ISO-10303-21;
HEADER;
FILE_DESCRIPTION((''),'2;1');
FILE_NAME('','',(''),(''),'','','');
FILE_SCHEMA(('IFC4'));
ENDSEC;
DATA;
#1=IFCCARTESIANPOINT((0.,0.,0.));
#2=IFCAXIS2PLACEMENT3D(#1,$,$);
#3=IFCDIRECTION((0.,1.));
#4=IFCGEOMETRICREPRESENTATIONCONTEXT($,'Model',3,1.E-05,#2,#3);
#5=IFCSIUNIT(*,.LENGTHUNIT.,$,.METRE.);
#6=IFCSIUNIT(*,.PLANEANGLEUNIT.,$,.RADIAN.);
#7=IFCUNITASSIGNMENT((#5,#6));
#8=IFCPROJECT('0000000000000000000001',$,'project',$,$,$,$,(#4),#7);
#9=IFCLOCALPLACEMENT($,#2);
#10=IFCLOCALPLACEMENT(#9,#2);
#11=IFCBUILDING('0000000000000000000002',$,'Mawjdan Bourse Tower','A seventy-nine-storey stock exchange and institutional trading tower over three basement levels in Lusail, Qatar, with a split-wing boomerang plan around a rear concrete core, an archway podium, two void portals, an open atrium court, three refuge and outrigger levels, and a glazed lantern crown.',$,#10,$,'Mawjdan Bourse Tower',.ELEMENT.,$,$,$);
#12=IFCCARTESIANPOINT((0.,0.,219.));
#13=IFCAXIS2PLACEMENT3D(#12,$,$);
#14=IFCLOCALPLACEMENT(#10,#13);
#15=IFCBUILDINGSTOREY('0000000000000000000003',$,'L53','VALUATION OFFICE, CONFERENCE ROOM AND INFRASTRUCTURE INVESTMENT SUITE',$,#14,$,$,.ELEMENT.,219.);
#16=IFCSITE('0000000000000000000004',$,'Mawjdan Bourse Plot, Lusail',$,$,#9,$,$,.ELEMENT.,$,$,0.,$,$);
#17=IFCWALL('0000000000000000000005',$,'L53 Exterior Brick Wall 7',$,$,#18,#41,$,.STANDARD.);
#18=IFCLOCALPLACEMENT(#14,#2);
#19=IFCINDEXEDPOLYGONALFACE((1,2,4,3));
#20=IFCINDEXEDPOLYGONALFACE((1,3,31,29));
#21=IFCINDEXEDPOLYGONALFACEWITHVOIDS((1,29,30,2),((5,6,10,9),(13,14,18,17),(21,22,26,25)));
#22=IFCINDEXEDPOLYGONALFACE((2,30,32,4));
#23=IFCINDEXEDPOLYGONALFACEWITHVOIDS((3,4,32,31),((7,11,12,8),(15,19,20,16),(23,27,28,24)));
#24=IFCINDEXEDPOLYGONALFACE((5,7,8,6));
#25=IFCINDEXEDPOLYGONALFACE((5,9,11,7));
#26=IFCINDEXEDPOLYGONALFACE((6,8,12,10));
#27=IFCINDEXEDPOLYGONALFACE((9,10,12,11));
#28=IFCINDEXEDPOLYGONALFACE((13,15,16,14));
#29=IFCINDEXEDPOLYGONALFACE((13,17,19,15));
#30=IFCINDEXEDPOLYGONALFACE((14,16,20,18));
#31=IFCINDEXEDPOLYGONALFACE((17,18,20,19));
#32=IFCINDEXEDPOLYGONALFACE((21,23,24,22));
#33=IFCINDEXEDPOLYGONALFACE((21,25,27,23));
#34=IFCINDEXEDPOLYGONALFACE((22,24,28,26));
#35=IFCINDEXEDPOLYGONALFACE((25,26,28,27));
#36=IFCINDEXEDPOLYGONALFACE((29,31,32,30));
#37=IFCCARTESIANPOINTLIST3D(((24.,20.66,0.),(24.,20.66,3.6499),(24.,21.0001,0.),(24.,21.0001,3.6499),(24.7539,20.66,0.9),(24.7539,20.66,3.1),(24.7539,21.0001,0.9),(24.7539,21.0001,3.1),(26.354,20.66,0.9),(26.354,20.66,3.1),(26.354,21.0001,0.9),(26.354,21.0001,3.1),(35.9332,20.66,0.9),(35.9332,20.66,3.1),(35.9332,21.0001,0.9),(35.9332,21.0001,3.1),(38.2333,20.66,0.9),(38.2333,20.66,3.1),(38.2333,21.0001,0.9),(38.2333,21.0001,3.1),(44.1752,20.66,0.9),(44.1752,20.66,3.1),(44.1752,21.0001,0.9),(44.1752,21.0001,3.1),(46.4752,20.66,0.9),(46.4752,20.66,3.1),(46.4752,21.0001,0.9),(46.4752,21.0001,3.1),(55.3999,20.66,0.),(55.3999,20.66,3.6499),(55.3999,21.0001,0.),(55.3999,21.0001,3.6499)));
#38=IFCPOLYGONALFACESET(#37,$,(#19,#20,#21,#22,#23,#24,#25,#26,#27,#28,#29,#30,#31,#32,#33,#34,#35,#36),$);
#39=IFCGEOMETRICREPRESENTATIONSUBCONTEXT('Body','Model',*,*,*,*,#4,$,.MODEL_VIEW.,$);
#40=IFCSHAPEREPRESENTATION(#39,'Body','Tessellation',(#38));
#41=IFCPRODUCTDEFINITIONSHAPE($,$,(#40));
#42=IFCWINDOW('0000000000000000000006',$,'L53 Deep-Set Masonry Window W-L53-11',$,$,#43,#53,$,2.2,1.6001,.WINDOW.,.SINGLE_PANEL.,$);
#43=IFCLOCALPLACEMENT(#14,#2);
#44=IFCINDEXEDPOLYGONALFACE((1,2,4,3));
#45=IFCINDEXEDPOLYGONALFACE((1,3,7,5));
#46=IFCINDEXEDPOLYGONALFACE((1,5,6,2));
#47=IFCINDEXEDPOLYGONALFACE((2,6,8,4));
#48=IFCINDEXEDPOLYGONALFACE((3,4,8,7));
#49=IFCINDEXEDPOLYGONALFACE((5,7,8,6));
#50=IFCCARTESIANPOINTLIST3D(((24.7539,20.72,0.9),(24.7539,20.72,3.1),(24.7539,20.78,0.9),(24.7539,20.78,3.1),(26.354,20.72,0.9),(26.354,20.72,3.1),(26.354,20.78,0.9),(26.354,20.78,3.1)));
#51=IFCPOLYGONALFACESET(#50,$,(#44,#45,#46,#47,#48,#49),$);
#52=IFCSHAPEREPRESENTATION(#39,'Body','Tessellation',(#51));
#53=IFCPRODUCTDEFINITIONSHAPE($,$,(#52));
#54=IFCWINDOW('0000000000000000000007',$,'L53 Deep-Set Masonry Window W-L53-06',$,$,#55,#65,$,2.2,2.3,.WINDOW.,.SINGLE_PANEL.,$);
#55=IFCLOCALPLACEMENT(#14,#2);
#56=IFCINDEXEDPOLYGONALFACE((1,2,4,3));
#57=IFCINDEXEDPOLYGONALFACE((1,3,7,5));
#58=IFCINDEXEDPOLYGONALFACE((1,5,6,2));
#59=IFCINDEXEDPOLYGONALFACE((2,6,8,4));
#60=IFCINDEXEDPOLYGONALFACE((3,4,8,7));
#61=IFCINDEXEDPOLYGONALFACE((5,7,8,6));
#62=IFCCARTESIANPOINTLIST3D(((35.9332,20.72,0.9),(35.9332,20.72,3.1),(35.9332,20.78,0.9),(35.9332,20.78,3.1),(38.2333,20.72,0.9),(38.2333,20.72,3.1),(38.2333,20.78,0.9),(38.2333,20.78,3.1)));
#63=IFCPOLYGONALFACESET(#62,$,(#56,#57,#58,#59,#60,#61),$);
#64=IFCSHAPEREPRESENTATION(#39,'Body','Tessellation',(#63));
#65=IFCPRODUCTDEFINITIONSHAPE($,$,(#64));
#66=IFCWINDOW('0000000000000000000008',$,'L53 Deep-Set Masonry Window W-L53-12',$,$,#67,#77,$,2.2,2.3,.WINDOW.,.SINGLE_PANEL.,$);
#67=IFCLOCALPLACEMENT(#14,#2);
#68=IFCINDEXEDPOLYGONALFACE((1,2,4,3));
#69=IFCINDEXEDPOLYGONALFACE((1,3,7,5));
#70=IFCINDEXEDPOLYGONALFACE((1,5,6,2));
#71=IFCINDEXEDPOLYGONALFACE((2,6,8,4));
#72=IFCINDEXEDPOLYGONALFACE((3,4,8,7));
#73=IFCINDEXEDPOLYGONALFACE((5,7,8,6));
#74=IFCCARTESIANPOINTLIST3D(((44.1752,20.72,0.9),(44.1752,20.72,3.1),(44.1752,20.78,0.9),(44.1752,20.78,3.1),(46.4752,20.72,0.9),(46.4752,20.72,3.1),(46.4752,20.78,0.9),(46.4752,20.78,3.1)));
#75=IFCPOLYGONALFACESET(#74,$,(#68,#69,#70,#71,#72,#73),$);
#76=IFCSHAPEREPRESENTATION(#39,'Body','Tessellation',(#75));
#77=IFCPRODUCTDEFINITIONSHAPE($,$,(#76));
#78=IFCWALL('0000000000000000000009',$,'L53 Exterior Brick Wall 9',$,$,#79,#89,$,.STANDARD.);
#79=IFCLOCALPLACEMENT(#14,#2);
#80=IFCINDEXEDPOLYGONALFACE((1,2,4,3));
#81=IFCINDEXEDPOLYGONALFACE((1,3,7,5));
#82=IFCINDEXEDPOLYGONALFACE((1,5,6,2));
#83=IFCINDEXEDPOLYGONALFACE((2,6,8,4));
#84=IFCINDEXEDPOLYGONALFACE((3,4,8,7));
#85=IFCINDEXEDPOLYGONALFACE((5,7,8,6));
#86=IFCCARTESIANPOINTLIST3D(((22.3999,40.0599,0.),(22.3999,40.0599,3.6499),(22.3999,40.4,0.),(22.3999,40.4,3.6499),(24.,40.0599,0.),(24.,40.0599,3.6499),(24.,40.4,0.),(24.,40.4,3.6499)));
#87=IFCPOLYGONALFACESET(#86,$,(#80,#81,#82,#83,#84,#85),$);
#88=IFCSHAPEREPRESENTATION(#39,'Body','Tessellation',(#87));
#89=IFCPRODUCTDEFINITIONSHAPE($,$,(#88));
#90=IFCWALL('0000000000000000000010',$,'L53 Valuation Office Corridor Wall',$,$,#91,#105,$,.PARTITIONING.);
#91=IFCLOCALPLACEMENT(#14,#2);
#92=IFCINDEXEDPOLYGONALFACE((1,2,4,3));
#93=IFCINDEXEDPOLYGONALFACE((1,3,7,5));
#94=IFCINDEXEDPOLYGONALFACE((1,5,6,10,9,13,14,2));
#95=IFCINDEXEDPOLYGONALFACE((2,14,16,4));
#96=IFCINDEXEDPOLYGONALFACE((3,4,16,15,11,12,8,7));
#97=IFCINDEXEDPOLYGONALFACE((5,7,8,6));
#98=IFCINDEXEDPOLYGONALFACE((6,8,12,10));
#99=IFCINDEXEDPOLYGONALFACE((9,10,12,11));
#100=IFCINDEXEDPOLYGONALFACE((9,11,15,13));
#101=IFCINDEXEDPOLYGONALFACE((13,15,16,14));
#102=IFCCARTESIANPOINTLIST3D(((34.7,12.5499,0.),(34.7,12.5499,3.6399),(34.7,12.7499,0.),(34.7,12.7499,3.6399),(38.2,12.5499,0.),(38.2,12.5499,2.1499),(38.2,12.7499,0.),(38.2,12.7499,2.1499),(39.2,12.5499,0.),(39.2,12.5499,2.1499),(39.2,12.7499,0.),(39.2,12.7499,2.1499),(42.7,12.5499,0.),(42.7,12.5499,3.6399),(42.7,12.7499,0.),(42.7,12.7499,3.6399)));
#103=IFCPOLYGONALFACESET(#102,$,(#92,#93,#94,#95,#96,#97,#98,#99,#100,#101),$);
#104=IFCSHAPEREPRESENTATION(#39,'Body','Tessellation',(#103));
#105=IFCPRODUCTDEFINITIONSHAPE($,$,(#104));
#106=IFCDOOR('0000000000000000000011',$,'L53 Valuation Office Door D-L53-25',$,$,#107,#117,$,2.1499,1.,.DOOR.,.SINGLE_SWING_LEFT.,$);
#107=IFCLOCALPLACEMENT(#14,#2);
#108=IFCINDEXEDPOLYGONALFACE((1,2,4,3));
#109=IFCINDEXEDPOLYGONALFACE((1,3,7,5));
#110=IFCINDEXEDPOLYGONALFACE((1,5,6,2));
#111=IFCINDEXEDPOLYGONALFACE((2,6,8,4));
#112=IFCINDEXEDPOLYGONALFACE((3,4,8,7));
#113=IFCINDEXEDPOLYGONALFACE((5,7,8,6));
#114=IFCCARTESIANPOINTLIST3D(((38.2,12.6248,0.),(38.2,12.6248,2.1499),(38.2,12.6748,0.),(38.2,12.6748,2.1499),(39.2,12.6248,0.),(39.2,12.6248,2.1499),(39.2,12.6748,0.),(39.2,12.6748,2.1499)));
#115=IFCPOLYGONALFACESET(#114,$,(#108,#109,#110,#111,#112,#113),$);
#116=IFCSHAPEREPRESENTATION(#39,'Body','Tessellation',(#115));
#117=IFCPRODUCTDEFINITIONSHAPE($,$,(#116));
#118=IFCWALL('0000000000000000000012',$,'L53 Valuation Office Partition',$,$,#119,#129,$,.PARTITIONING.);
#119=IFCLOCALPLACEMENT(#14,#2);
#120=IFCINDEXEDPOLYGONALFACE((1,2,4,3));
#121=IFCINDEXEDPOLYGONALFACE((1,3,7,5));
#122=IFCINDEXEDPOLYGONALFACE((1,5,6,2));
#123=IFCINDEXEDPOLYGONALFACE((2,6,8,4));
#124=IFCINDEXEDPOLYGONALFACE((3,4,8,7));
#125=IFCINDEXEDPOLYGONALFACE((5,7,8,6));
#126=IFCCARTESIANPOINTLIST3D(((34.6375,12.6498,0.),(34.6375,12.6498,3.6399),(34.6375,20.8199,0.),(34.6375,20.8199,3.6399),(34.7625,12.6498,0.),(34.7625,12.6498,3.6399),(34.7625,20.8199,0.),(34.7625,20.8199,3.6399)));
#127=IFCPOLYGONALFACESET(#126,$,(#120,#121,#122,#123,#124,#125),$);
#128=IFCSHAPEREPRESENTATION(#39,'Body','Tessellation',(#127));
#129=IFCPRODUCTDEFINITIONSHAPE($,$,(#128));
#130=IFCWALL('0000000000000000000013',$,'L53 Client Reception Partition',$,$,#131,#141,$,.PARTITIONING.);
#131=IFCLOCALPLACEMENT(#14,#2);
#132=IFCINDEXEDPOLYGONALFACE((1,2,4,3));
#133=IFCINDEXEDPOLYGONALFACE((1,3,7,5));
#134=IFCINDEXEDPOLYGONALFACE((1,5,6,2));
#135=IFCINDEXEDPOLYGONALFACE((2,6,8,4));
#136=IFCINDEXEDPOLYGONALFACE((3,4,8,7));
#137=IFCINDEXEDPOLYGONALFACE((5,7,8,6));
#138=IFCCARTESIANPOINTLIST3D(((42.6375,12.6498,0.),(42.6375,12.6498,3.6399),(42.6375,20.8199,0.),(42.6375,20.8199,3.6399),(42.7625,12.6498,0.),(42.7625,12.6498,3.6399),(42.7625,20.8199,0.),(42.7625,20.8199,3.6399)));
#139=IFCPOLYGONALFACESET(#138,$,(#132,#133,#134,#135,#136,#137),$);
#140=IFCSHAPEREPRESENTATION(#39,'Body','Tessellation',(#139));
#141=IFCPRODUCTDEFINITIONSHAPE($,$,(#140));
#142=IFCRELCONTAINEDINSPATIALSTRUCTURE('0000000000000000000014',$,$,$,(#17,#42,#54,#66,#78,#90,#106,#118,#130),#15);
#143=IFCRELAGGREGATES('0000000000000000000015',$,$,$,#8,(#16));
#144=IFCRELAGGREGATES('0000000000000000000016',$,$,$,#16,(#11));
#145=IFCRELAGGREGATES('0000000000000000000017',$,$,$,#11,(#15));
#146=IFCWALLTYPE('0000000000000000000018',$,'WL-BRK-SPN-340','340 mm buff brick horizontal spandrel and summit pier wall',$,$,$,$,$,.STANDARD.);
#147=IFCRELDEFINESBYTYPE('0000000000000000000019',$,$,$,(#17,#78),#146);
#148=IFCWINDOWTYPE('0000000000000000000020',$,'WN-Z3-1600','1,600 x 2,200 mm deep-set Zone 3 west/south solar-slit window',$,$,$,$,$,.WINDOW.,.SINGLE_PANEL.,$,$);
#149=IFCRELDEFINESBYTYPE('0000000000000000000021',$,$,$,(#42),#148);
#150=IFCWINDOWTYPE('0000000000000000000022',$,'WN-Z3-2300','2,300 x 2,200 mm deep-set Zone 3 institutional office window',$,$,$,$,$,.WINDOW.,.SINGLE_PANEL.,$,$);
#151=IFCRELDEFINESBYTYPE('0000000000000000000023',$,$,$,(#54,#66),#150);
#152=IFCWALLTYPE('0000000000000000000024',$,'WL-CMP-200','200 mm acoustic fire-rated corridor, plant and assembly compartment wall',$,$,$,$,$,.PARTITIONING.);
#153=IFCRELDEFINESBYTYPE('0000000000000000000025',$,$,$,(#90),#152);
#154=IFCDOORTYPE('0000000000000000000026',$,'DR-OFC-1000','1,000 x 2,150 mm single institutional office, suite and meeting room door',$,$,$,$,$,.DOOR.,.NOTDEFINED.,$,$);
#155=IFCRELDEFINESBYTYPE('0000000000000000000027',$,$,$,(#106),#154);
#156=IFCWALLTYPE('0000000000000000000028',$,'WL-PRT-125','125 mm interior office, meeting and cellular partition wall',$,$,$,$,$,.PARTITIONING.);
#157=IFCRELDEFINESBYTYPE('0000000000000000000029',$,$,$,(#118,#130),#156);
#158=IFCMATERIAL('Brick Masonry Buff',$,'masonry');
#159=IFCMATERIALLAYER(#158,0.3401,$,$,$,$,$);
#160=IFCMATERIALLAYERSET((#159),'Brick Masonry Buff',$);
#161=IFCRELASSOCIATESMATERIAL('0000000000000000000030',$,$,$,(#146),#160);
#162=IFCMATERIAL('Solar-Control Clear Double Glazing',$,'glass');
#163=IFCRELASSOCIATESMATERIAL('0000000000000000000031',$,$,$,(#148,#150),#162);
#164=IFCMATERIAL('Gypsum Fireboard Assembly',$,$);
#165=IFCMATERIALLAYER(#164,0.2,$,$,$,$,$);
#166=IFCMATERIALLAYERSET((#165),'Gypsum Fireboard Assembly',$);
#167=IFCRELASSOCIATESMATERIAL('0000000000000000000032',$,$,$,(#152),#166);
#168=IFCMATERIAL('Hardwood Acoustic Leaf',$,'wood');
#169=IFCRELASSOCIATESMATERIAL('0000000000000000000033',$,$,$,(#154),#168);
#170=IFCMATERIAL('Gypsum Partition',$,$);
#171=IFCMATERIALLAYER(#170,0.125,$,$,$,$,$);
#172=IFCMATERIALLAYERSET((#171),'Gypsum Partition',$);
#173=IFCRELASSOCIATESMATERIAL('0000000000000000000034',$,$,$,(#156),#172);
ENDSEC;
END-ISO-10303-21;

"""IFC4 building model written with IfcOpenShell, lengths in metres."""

from ifc_helpers import new_model, si_unit, direction, frame, frame_2d, origin, place, context, subcontext, project, spatial, rectangle, extrude, material, layer, layer_set, type_object, element, fill, save


model = new_model("IFC4")

# Units and contexts
model_context = context("Model", 3, precision=1e-05, world=origin(), true_north=direction((0.0, 1.0)))
body_context = subcontext(model_context, "Body", "Model", "MODEL_VIEW")
ifc_project = project(units=[si_unit("LENGTHUNIT", "METRE"), si_unit("PLANEANGLEUNIT", "RADIAN")], contexts=[model_context])

# Site, building, storey
site_placement = place(None, origin())
site = spatial("IfcSite", under=ifc_project, at=site_placement, Name="Mawjdan Bourse Plot, Lusail", CompositionType="ELEMENT", RefElevation=0.0)
building_placement = place(site_placement, origin())
building = spatial("IfcBuilding", under=site, at=building_placement, Name="Mawjdan Bourse Tower", Description="A seventy-nine-storey stock exchange and institutional trading tower over three basement levels in Lusail, Qatar, with a split-wing boomerang plan around a rear concrete core, an archway podium, two void portals, an open atrium court, three refuge and outrigger levels, and a glazed lantern crown.", LongName="Mawjdan Bourse Tower", CompositionType="ELEMENT")
storey_placement = place(building_placement, frame((0.0, 0.0, 219.0)))
storey = spatial("IfcBuildingStorey", under=building, at=storey_placement, Name="L53", Description="VALUATION OFFICE, CONFERENCE ROOM AND INFRASTRUCTURE INVESTMENT SUITE", CompositionType="ELEMENT", Elevation=219.0)

# Shared definitions
ifc_material_1 = material(Name="Brick Masonry Buff", Category="masonry")
ifc_layer_1 = layer(ifc_material_1, 0.3401)
ifc_layer_set_1 = layer_set([ifc_layer_1], Name="Brick Masonry Buff")
wall_type_1 = type_object("IfcWallType", Name="WL-BRK-SPN-340", Description="340 mm buff brick horizontal spandrel and summit pier wall", PredefinedType="STANDARD", material=ifc_layer_set_1)

# Wall, openings, windows
wall_1_placement = place(storey_placement, frame((55.3999, 20.8301, 0.0), z_axis=(0.0, 0.0, 1.0), x_axis=(-1.0, 0.0, 0.0)))
wall_1 = element("IfcWall", 1, at=wall_1_placement, inside=storey, type_object=wall_type_1, Name="L53 Exterior Brick Wall 7", PredefinedType="STANDARD", context=body_context, shape_type="SweptSolid", body=[
    extrude(rectangle(XDim=31.3999, YDim=0.3401, at=frame_2d((15.7, 0.0))), origin(), (0.0, 0.0, 1.0), 3.6499),
])
opening_1_placement = place(wall_1_placement, frame((17.1667, 0.0, 0.8999)))
opening_1 = element("IfcOpeningElement", 2, at=opening_1_placement, cuts=wall_1, PredefinedType="OPENING", context=body_context, shape_type="SweptSolid", body=[
    extrude(rectangle(XDim=2.3, YDim=2.2, at=frame_2d((1.1499, 1.1001))), frame((0.0, 0.1802, 0.0), z_axis=(0.0, -1.0, 0.0), x_axis=(1.0, 0.0, 0.0)), (0.0, 0.0, 1.0), 0.3601),
])
opening_2_placement = place(wall_1_placement, frame((29.0459, 0.0, 0.8999)))
opening_2 = element("IfcOpeningElement", 3, at=opening_2_placement, cuts=wall_1, PredefinedType="OPENING", context=body_context, shape_type="SweptSolid", body=[
    extrude(rectangle(XDim=1.6001, YDim=2.2, at=frame_2d((0.8, 1.1001))), frame((0.0, 0.1802, 0.0), z_axis=(0.0, -1.0, 0.0), x_axis=(1.0, 0.0, 0.0)), (0.0, 0.0, 1.0), 0.3601),
])
opening_3_placement = place(wall_1_placement, frame((8.9248, 0.0, 0.8999)))
opening_3 = element("IfcOpeningElement", 4, at=opening_3_placement, cuts=wall_1, PredefinedType="OPENING", context=body_context, shape_type="SweptSolid", body=[
    extrude(rectangle(XDim=2.3, YDim=2.2, at=frame_2d((1.1499, 1.1001))), frame((0.0, 0.1802, 0.0), z_axis=(0.0, -1.0, 0.0), x_axis=(1.0, 0.0, 0.0)), (0.0, 0.0, 1.0), 0.3601),
])
ifc_material_2 = material(Name="Solar-Control Clear Double Glazing", Category="glass")
window_type_1 = type_object("IfcWindowType", Name="WN-Z3-1600", Description="1,600 x 2,200 mm deep-set Zone 3 west/south solar-slit window", PartitioningType="SINGLE_PANEL", PredefinedType="WINDOW", material=ifc_material_2)
window_1_placement = place(opening_2_placement, origin())
window_1 = element("IfcWindow", 5, at=window_1_placement, inside=storey, type_object=window_type_1, Name="L53 Deep-Set Masonry Window W-L53-11", OverallHeight=2.2, OverallWidth=1.6001, PartitioningType="SINGLE_PANEL", PredefinedType="WINDOW", context=body_context, shape_type="SweptSolid", body=[
    extrude(rectangle(XDim=1.6001, YDim=2.2, at=frame_2d((0.8, 1.1001))), frame((0.0, 0.1101, 0.0), z_axis=(0.0, -1.0, 0.0), x_axis=(1.0, 0.0, 0.0)), (0.0, 0.0, 1.0), 0.0601),
])
fill(opening_2, window_1)
window_type_2 = type_object("IfcWindowType", Name="WN-Z3-2300", Description="2,300 x 2,200 mm deep-set Zone 3 institutional office window", PartitioningType="SINGLE_PANEL", PredefinedType="WINDOW", material=ifc_material_2)
window_2_placement = place(opening_1_placement, origin())
window_2 = element("IfcWindow", 6, at=window_2_placement, inside=storey, type_object=window_type_2, Name="L53 Deep-Set Masonry Window W-L53-06", OverallHeight=2.2, OverallWidth=2.3, PartitioningType="SINGLE_PANEL", PredefinedType="WINDOW", context=body_context, shape_type="SweptSolid", body=[
    extrude(rectangle(XDim=2.3, YDim=2.2, at=frame_2d((1.1499, 1.1001))), frame((0.0, 0.1101, 0.0), z_axis=(0.0, -1.0, 0.0), x_axis=(1.0, 0.0, 0.0)), (0.0, 0.0, 1.0), 0.0601),
])
fill(opening_1, window_2)
window_3_placement = place(opening_3_placement, origin())
window_3 = element("IfcWindow", 7, at=window_3_placement, inside=storey, type_object=window_type_2, Name="L53 Deep-Set Masonry Window W-L53-12", OverallHeight=2.2, OverallWidth=2.3, PartitioningType="SINGLE_PANEL", PredefinedType="WINDOW", context=body_context, shape_type="SweptSolid", body=[
    extrude(rectangle(XDim=2.3, YDim=2.2, at=frame_2d((1.1499, 1.1001))), frame((0.0, 0.1101, 0.0), z_axis=(0.0, -1.0, 0.0), x_axis=(1.0, 0.0, 0.0)), (0.0, 0.0, 1.0), 0.0601),
])
fill(opening_3, window_3)

# Wall
wall_2_placement = place(storey_placement, frame((24.0, 40.23, 0.0), z_axis=(0.0, 0.0, 1.0), x_axis=(-1.0, 0.0, 0.0)))
element("IfcWall", 8, at=wall_2_placement, inside=storey, type_object=wall_type_1, Name="L53 Exterior Brick Wall 9", PredefinedType="STANDARD", context=body_context, shape_type="SweptSolid", body=[
    extrude(rectangle(XDim=1.6001, YDim=0.3401, at=frame_2d((0.8, 0.0))), origin(), (0.0, 0.0, 1.0), 3.6499),
])

# Wall, opening, door
ifc_material_3 = material(Name="Gypsum Fireboard Assembly")
ifc_layer_2 = layer(ifc_material_3, 0.2)
ifc_layer_set_2 = layer_set([ifc_layer_2], Name="Gypsum Fireboard Assembly")
wall_type_2 = type_object("IfcWallType", Name="WL-CMP-200", Description="200 mm acoustic fire-rated corridor, plant and assembly compartment wall", PredefinedType="PARTITIONING", material=ifc_layer_set_2)
wall_3_placement = place(storey_placement, frame((34.7, 12.6499, 0.0), z_axis=(0.0, 0.0, 1.0), x_axis=(1.0, 0.0, 0.0)))
wall_3 = element("IfcWall", 9, at=wall_3_placement, inside=storey, type_object=wall_type_2, Name="L53 Valuation Office Corridor Wall", PredefinedType="PARTITIONING", context=body_context, shape_type="SweptSolid", body=[
    extrude(rectangle(XDim=8.0, YDim=0.2, at=frame_2d((4.0, 0.0))), origin(), (0.0, 0.0, 1.0), 3.6399),
])
opening_4_placement = place(wall_3_placement, frame((3.5, 0.0, 0.0)))
opening_4 = element("IfcOpeningElement", 10, at=opening_4_placement, cuts=wall_3, PredefinedType="OPENING", context=body_context, shape_type="SweptSolid", body=[
    extrude(rectangle(XDim=1.0, YDim=2.1499, at=frame_2d((0.5, 1.075))), frame((0.0, 0.1099, 0.0), z_axis=(0.0, -1.0, 0.0), x_axis=(1.0, 0.0, 0.0)), (0.0, 0.0, 1.0), 0.22),
])
ifc_material_4 = material(Name="Hardwood Acoustic Leaf", Category="wood")
door_type = type_object("IfcDoorType", Name="DR-OFC-1000", Description="1,000 x 2,150 mm single institutional office, suite and meeting room door", OperationType="NOTDEFINED", PredefinedType="DOOR", material=ifc_material_4)
door_1_placement = place(opening_4_placement, origin())
door_1 = element("IfcDoor", 11, at=door_1_placement, inside=storey, type_object=door_type, Name="L53 Valuation Office Door D-L53-25", OperationType="SINGLE_SWING_LEFT", OverallHeight=2.1499, OverallWidth=1.0, PredefinedType="DOOR", context=body_context, shape_type="SweptSolid", body=[
    extrude(rectangle(XDim=1.0, YDim=2.1499, at=frame_2d((0.5, 1.075))), frame((0.0, 0.0249, 0.0), z_axis=(0.0, -1.0, 0.0), x_axis=(1.0, 0.0, 0.0)), (0.0, 0.0, 1.0), 0.05),
])
fill(opening_4, door_1)

# Walls
ifc_material_5 = material(Name="Gypsum Partition")
ifc_layer_3 = layer(ifc_material_5, 0.125)
ifc_layer_set_3 = layer_set([ifc_layer_3], Name="Gypsum Partition")
wall_type_3 = type_object("IfcWallType", Name="WL-PRT-125", Description="125 mm interior office, meeting and cellular partition wall", PredefinedType="PARTITIONING", material=ifc_layer_set_3)
for number, where, z_axis, x_axis, name in (
    (12, (34.7, 12.6499, 0.0), (0.0, 0.0, 1.0), (0.0, 1.0, 0.0), "L53 Valuation Office Partition"),
    (13, (42.7, 12.6499, 0.0), (0.0, 0.0, 1.0), (0.0, 1.0, 0.0), "L53 Client Reception Partition"),
):
    element("IfcWall", number, at=place(storey_placement, frame(where, z_axis=z_axis, x_axis=x_axis)), inside=storey, type_object=wall_type_3, Name=name, PredefinedType="PARTITIONING", context=body_context, shape_type="SweptSolid", body=[
        extrude(rectangle(XDim=8.1702, YDim=0.125, at=frame_2d((4.085, 0.0))), origin(), (0.0, 0.0, 1.0), 3.6399),
    ])

save(model, "model.ifc")
